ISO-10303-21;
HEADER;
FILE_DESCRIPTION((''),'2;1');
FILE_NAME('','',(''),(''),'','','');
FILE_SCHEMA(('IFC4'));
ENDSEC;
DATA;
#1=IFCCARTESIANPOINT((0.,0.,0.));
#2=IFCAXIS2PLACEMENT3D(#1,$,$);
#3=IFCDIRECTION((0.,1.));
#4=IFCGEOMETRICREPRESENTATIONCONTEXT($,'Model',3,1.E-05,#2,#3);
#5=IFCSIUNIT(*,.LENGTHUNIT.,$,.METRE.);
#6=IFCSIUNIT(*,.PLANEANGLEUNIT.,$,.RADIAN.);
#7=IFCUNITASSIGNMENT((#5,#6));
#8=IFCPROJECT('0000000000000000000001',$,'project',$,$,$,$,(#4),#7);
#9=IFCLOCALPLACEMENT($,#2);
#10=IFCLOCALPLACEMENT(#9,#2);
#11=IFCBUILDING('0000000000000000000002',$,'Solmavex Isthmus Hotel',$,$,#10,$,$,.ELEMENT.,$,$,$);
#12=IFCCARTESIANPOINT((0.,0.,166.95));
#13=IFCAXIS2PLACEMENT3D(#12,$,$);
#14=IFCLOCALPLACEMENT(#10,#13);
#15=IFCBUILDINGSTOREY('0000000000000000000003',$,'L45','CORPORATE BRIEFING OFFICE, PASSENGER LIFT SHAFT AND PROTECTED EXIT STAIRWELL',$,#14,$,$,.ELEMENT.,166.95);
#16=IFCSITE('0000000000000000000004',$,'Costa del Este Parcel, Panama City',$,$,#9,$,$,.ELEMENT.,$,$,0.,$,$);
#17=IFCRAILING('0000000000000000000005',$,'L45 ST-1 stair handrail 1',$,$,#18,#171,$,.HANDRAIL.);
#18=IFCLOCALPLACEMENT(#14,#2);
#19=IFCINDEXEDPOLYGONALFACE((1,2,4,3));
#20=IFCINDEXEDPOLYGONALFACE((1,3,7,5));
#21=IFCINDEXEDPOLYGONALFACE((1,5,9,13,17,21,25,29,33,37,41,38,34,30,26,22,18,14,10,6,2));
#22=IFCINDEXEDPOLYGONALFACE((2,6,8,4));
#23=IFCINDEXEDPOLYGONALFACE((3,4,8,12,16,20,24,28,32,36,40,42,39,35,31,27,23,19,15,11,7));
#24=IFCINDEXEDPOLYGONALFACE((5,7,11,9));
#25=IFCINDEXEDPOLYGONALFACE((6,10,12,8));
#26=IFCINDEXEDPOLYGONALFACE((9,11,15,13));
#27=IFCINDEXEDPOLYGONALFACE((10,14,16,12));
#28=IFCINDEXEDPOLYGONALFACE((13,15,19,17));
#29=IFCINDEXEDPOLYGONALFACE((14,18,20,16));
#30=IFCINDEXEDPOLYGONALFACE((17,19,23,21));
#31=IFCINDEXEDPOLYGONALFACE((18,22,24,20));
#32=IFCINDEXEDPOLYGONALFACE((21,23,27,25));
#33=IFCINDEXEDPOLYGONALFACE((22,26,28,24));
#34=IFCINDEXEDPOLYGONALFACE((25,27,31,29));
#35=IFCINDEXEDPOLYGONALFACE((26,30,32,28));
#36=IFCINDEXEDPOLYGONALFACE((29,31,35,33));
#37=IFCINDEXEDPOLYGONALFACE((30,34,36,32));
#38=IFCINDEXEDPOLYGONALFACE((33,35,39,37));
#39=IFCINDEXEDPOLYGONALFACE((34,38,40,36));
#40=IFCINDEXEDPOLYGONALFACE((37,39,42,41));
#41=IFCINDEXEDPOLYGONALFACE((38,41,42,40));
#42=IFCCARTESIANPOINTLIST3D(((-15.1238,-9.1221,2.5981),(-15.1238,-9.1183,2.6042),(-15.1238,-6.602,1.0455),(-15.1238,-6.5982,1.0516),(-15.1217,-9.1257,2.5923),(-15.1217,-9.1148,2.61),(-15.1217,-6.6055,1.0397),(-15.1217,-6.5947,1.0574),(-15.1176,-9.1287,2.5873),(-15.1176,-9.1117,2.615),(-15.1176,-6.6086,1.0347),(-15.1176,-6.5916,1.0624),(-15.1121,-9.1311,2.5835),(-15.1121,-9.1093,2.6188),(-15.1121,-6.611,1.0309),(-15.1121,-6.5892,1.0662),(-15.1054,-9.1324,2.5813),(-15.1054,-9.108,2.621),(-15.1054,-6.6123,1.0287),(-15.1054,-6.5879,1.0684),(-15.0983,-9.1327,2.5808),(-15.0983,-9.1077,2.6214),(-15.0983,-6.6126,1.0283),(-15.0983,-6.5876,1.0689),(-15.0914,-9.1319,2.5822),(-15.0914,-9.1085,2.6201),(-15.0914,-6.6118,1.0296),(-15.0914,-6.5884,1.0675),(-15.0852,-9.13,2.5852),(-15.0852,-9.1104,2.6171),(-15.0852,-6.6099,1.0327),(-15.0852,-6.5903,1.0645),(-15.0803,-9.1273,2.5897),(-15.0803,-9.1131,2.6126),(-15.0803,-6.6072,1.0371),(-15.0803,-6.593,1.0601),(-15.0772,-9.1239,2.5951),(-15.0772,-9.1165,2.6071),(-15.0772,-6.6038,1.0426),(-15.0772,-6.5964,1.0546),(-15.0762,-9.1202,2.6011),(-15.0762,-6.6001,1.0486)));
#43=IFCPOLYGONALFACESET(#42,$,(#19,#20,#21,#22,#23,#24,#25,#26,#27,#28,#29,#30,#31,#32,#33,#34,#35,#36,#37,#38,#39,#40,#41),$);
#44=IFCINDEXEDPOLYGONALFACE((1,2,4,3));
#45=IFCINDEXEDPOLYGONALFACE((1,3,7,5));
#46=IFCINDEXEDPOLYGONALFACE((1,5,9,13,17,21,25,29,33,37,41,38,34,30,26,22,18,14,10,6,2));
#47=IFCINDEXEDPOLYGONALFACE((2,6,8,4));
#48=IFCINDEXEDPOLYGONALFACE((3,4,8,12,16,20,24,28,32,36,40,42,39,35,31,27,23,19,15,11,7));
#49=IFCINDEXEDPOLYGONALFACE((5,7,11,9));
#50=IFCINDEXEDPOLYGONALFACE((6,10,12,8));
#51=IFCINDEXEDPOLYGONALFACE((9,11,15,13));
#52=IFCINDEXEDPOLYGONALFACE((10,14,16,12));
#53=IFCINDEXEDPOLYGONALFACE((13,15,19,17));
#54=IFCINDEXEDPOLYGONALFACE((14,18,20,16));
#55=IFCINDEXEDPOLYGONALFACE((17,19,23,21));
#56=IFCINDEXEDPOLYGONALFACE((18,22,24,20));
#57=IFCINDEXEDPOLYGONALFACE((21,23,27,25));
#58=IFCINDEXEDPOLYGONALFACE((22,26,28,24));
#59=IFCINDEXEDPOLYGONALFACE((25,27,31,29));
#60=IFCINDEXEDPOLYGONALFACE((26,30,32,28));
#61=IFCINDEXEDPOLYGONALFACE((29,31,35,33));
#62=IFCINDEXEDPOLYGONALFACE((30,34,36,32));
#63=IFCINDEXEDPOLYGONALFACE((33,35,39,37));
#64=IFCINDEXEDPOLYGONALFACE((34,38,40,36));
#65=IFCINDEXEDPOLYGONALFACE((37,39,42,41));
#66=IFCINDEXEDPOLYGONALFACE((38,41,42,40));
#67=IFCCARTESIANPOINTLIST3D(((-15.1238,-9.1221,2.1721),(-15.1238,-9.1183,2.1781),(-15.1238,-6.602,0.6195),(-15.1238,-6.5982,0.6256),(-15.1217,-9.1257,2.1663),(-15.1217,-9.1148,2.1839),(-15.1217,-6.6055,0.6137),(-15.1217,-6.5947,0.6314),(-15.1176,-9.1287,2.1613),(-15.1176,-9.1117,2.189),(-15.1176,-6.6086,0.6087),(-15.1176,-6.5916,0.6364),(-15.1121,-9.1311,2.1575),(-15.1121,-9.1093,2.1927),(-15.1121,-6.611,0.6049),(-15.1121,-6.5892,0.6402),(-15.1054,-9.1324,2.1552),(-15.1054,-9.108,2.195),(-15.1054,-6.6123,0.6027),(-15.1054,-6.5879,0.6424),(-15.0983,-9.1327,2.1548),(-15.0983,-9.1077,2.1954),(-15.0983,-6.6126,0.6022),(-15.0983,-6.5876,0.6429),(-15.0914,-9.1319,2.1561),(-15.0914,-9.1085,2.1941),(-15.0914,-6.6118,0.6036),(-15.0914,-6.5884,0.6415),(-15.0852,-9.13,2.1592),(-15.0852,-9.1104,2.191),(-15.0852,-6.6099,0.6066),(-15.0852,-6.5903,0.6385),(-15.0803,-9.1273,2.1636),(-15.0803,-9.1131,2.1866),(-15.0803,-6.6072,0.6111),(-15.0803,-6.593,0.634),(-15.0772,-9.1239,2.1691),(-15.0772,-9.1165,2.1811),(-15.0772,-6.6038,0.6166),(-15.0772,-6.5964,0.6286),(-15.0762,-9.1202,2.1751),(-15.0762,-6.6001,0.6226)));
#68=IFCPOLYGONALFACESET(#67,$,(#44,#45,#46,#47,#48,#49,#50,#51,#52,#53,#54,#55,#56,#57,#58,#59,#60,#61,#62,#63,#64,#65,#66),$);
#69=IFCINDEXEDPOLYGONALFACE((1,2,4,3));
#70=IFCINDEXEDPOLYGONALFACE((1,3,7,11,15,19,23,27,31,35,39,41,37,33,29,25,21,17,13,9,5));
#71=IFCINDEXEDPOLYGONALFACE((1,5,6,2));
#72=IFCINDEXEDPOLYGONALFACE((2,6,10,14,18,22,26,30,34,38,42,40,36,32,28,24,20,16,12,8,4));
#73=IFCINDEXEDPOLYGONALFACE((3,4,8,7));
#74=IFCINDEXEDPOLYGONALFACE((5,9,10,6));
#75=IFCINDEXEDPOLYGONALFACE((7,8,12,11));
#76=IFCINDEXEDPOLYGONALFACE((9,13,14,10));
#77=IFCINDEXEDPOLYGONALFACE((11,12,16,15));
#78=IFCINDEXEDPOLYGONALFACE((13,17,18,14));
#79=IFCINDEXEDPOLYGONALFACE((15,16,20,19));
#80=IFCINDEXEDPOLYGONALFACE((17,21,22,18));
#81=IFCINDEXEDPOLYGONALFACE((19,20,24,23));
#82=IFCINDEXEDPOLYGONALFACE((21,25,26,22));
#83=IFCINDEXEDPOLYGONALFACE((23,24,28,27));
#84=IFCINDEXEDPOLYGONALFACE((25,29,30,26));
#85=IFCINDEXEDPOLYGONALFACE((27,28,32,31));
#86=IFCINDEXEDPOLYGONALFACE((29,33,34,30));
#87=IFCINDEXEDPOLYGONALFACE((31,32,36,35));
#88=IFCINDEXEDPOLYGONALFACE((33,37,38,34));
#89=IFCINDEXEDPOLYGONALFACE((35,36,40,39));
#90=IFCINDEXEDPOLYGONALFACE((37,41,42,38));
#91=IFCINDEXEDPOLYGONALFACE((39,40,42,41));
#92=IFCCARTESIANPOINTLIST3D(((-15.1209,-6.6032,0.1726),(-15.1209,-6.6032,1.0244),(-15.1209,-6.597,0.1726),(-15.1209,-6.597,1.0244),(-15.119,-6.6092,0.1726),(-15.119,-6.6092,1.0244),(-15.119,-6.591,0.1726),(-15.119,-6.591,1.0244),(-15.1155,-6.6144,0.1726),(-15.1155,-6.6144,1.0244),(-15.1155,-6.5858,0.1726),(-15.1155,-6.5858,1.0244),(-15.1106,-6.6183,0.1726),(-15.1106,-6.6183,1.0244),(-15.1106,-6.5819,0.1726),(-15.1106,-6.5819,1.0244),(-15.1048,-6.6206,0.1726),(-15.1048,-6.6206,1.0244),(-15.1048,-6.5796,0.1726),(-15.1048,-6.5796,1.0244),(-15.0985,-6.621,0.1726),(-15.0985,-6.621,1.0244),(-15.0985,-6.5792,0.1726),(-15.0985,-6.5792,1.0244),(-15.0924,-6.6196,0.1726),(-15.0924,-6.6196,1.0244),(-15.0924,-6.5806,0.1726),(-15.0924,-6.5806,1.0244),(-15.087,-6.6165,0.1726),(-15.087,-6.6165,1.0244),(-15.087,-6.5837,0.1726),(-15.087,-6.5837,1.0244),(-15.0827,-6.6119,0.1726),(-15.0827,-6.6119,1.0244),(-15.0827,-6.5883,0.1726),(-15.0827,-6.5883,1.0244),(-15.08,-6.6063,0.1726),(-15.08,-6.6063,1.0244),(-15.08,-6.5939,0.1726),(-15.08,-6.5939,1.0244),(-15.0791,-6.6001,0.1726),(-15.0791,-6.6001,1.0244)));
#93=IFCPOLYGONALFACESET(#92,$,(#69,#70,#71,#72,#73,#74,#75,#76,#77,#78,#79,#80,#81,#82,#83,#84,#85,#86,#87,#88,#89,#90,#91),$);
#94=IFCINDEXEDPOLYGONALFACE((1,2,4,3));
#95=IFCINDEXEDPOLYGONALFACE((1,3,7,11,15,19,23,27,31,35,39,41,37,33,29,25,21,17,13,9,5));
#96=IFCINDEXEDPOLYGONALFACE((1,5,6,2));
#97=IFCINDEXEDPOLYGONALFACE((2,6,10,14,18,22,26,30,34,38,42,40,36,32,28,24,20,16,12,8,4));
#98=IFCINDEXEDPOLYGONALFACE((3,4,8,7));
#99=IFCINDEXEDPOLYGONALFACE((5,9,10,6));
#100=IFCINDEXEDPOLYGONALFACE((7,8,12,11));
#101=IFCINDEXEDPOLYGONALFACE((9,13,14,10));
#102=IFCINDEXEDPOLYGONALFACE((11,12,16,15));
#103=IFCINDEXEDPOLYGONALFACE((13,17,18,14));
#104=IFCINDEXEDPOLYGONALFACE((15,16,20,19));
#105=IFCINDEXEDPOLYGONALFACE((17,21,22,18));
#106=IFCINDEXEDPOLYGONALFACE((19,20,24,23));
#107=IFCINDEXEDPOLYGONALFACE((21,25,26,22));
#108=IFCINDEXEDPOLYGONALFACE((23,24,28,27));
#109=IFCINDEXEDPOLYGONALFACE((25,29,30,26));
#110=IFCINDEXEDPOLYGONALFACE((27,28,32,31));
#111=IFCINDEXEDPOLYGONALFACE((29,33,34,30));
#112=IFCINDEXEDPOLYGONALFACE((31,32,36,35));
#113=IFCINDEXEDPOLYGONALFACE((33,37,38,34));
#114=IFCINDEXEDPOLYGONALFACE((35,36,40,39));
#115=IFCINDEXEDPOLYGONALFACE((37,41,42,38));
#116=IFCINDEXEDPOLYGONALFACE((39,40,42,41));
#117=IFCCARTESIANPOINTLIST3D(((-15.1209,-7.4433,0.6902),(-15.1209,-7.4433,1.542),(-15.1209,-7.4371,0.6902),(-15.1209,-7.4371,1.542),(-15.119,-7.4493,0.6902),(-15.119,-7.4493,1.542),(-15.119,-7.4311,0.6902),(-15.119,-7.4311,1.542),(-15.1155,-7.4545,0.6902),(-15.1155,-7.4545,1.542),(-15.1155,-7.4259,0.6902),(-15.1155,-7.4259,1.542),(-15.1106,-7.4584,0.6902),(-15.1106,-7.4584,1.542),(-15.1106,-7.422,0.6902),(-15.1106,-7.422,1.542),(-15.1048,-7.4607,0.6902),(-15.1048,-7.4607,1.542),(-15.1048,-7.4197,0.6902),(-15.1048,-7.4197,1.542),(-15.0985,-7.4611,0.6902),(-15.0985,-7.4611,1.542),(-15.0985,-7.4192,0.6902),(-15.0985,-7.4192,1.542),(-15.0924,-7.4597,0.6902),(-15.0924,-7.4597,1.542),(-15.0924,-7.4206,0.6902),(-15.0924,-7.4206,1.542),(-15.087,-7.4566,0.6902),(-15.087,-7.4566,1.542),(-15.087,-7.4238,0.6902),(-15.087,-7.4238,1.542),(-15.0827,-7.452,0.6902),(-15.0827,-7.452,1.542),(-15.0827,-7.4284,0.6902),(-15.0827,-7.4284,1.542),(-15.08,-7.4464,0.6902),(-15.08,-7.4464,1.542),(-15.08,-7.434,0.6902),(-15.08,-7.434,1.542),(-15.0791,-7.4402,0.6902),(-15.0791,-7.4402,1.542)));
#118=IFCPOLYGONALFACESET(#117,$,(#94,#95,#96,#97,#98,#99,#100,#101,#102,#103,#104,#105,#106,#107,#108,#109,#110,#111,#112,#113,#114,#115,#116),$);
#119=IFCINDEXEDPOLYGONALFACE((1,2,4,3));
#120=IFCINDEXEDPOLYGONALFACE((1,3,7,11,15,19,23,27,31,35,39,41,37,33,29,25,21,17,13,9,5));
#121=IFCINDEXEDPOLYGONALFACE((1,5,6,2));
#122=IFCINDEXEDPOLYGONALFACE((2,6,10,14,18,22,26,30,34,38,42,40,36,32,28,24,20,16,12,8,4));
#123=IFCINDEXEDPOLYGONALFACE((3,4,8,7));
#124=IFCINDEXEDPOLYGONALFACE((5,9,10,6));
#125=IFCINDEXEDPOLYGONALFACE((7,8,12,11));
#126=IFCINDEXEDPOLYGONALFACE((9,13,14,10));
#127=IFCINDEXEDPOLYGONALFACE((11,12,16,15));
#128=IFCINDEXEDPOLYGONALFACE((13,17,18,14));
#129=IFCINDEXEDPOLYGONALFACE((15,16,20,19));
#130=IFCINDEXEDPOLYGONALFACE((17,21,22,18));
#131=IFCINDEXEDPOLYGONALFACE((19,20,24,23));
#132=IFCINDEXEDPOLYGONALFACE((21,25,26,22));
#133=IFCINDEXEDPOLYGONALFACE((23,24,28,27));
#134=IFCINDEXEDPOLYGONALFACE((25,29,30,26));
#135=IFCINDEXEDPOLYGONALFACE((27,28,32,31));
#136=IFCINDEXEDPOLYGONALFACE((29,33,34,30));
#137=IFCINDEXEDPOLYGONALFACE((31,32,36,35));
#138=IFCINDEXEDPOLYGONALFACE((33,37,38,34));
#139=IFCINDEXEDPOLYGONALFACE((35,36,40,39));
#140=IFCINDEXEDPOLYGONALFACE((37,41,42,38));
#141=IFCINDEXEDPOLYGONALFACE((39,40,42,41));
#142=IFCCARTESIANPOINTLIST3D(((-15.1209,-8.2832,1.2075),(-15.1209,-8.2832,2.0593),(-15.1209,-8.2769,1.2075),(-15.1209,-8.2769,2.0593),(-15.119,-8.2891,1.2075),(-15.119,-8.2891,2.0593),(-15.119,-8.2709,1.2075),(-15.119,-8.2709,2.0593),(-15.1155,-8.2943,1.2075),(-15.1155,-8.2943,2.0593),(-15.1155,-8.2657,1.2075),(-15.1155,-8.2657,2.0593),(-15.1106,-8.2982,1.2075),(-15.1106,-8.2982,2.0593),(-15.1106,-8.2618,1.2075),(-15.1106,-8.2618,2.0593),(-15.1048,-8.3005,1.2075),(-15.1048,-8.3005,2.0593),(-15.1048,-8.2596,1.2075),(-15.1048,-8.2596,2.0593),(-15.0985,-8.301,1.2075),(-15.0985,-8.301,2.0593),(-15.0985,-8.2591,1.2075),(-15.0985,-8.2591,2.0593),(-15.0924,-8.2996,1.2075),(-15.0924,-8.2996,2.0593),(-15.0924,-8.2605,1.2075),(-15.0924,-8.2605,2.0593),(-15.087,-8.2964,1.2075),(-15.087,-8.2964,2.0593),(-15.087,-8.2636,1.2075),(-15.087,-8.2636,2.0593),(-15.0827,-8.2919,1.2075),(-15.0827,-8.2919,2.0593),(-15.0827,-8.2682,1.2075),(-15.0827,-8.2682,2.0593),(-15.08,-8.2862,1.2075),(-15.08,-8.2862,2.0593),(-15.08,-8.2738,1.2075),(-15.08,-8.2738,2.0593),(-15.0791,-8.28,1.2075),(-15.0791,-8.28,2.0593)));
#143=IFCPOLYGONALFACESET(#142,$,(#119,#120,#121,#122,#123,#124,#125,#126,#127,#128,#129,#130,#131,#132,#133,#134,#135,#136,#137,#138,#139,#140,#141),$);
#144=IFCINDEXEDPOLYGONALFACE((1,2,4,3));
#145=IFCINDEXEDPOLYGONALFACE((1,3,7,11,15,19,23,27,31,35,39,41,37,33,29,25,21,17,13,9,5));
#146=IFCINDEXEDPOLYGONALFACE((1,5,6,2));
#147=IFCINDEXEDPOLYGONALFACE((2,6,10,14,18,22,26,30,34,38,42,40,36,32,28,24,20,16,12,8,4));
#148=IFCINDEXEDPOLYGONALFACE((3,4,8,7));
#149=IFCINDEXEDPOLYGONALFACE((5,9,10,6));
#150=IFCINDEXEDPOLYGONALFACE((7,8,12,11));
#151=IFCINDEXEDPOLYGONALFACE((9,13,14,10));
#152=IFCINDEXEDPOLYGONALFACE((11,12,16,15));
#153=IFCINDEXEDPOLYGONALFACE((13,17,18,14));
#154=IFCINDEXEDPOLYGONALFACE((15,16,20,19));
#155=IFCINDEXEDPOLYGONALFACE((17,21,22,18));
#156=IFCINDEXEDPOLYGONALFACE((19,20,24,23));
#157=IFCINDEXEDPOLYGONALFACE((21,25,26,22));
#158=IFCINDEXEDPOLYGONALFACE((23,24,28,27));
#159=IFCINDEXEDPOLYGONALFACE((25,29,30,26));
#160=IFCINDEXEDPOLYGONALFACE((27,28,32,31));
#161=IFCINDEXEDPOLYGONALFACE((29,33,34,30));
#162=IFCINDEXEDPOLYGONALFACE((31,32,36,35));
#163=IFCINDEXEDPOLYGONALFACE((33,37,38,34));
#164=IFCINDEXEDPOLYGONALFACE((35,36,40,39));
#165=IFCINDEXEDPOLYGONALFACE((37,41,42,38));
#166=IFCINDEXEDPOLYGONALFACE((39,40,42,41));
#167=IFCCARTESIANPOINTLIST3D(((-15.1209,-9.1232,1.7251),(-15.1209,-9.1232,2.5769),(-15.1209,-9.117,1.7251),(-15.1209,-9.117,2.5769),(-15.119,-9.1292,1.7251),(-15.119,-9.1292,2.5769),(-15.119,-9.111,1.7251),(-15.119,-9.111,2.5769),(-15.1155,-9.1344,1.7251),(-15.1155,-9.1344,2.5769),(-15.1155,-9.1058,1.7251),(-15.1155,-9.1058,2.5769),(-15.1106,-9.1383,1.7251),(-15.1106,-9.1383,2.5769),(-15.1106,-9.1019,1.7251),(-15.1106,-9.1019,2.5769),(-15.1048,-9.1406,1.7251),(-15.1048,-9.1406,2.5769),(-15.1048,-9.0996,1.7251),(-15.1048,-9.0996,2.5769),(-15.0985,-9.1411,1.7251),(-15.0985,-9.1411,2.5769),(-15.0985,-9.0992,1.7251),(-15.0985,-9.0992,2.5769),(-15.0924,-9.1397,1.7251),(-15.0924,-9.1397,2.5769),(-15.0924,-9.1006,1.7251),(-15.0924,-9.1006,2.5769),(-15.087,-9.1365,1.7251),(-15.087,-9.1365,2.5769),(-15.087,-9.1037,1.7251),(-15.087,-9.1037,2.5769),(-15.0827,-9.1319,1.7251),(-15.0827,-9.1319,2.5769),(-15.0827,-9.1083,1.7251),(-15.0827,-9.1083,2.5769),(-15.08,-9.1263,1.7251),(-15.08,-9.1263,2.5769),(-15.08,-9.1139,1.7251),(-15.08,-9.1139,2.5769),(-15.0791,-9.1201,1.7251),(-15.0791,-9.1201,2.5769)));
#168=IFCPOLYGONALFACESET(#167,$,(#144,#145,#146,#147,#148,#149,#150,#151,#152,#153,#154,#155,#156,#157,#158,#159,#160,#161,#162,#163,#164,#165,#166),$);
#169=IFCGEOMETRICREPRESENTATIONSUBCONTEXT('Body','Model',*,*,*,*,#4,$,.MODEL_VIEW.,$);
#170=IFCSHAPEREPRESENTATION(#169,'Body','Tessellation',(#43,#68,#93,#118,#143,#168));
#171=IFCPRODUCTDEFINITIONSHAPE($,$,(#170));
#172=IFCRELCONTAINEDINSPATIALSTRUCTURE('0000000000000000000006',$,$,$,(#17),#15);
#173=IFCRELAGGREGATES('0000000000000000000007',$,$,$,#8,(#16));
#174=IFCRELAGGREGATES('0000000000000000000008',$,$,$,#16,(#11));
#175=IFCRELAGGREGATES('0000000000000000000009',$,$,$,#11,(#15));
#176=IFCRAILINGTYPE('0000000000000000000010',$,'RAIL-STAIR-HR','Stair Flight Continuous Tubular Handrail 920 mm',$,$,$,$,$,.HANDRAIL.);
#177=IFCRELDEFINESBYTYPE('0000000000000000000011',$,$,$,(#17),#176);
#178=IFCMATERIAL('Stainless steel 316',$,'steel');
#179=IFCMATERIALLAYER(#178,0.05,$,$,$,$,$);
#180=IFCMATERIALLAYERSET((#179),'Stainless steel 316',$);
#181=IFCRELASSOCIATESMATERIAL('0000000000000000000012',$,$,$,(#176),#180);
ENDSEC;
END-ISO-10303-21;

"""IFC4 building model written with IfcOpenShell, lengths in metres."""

from ifc_helpers import new_model, si_unit, direction, frame, origin, origin_2d, place, context, subcontext, project, spatial, circle, extrude, material, layer, layer_set, type_object, element, save


model = new_model("IFC4")

# Units and contexts
model_context = context("Model", 3, precision=1e-05, world=origin(), true_north=direction((0.0, 1.0)))
body_context = subcontext(model_context, "Body", "Model", "MODEL_VIEW")
ifc_project = project(units=[si_unit("LENGTHUNIT", "METRE"), si_unit("PLANEANGLEUNIT", "RADIAN")], contexts=[model_context])

# Site, building, storey
site_placement = place(None, origin())
site = spatial("IfcSite", under=ifc_project, at=site_placement, Name="Costa del Este Parcel, Panama City", CompositionType="ELEMENT", RefElevation=0.0)
building_placement = place(site_placement, origin())
building = spatial("IfcBuilding", under=site, at=building_placement, Name="Solmavex Isthmus Hotel", CompositionType="ELEMENT")
storey_placement = place(building_placement, frame((0.0, 0.0, 166.95)))
storey = spatial("IfcBuildingStorey", under=building, at=storey_placement, Name="L45", Description="CORPORATE BRIEFING OFFICE, PASSENGER LIFT SHAFT AND PROTECTED EXIT STAIRWELL", CompositionType="ELEMENT", Elevation=166.95)

# Railing
ifc_material_1 = material(Name="Stainless steel 316", Category="steel")
ifc_layer_1 = layer(ifc_material_1, 0.05)
ifc_layer_set_1 = layer_set([ifc_layer_1], Name="Stainless steel 316")
railing_type_1 = type_object("IfcRailingType", Name="RAIL-STAIR-HR", Description="Stair Flight Continuous Tubular Handrail 920 mm", PredefinedType="HANDRAIL", material=ifc_layer_set_1)
railing_1_placement = place(storey_placement, frame((-15.1001, -6.6001, 0.1726)))
element("IfcRailing", 1, at=railing_1_placement, inside=storey, type_object=railing_type_1, Name="L45 ST-1 stair handrail 1", PredefinedType="HANDRAIL", context=body_context, shape_type="SweptSolid", body=[
    extrude(circle(Radius=0.0239, at=origin_2d()), frame((0.0, 0.0, 0.876), z_axis=(0.0, -0.8514, 0.524516), x_axis=(1.0, 0.0, 0.0)), (0.0, 0.0, 1.0), 2.96),
    extrude(circle(Radius=0.0239, at=origin_2d()), frame((0.0, 0.0, 0.45), z_axis=(0.0, -0.8514, 0.524516), x_axis=(1.0, 0.0, 0.0)), (0.0, 0.0, 1.0), 2.96),
    extrude(circle(Radius=0.021, at=origin_2d()), origin(), (0.0, 0.0, 1.0), 0.8518),
    extrude(circle(Radius=0.021, at=origin_2d()), frame((0.0, -0.8401, 0.5176)), (0.0, 0.0, 1.0), 0.8518),
    extrude(circle(Radius=0.021, at=origin_2d()), frame((0.0, -1.6799, 1.0349)), (0.0, 0.0, 1.0), 0.8518),
    extrude(circle(Radius=0.021, at=origin_2d()), frame((0.0, -2.52, 1.5525)), (0.0, 0.0, 1.0), 0.8518),
])

save(model, "model.ifc")
